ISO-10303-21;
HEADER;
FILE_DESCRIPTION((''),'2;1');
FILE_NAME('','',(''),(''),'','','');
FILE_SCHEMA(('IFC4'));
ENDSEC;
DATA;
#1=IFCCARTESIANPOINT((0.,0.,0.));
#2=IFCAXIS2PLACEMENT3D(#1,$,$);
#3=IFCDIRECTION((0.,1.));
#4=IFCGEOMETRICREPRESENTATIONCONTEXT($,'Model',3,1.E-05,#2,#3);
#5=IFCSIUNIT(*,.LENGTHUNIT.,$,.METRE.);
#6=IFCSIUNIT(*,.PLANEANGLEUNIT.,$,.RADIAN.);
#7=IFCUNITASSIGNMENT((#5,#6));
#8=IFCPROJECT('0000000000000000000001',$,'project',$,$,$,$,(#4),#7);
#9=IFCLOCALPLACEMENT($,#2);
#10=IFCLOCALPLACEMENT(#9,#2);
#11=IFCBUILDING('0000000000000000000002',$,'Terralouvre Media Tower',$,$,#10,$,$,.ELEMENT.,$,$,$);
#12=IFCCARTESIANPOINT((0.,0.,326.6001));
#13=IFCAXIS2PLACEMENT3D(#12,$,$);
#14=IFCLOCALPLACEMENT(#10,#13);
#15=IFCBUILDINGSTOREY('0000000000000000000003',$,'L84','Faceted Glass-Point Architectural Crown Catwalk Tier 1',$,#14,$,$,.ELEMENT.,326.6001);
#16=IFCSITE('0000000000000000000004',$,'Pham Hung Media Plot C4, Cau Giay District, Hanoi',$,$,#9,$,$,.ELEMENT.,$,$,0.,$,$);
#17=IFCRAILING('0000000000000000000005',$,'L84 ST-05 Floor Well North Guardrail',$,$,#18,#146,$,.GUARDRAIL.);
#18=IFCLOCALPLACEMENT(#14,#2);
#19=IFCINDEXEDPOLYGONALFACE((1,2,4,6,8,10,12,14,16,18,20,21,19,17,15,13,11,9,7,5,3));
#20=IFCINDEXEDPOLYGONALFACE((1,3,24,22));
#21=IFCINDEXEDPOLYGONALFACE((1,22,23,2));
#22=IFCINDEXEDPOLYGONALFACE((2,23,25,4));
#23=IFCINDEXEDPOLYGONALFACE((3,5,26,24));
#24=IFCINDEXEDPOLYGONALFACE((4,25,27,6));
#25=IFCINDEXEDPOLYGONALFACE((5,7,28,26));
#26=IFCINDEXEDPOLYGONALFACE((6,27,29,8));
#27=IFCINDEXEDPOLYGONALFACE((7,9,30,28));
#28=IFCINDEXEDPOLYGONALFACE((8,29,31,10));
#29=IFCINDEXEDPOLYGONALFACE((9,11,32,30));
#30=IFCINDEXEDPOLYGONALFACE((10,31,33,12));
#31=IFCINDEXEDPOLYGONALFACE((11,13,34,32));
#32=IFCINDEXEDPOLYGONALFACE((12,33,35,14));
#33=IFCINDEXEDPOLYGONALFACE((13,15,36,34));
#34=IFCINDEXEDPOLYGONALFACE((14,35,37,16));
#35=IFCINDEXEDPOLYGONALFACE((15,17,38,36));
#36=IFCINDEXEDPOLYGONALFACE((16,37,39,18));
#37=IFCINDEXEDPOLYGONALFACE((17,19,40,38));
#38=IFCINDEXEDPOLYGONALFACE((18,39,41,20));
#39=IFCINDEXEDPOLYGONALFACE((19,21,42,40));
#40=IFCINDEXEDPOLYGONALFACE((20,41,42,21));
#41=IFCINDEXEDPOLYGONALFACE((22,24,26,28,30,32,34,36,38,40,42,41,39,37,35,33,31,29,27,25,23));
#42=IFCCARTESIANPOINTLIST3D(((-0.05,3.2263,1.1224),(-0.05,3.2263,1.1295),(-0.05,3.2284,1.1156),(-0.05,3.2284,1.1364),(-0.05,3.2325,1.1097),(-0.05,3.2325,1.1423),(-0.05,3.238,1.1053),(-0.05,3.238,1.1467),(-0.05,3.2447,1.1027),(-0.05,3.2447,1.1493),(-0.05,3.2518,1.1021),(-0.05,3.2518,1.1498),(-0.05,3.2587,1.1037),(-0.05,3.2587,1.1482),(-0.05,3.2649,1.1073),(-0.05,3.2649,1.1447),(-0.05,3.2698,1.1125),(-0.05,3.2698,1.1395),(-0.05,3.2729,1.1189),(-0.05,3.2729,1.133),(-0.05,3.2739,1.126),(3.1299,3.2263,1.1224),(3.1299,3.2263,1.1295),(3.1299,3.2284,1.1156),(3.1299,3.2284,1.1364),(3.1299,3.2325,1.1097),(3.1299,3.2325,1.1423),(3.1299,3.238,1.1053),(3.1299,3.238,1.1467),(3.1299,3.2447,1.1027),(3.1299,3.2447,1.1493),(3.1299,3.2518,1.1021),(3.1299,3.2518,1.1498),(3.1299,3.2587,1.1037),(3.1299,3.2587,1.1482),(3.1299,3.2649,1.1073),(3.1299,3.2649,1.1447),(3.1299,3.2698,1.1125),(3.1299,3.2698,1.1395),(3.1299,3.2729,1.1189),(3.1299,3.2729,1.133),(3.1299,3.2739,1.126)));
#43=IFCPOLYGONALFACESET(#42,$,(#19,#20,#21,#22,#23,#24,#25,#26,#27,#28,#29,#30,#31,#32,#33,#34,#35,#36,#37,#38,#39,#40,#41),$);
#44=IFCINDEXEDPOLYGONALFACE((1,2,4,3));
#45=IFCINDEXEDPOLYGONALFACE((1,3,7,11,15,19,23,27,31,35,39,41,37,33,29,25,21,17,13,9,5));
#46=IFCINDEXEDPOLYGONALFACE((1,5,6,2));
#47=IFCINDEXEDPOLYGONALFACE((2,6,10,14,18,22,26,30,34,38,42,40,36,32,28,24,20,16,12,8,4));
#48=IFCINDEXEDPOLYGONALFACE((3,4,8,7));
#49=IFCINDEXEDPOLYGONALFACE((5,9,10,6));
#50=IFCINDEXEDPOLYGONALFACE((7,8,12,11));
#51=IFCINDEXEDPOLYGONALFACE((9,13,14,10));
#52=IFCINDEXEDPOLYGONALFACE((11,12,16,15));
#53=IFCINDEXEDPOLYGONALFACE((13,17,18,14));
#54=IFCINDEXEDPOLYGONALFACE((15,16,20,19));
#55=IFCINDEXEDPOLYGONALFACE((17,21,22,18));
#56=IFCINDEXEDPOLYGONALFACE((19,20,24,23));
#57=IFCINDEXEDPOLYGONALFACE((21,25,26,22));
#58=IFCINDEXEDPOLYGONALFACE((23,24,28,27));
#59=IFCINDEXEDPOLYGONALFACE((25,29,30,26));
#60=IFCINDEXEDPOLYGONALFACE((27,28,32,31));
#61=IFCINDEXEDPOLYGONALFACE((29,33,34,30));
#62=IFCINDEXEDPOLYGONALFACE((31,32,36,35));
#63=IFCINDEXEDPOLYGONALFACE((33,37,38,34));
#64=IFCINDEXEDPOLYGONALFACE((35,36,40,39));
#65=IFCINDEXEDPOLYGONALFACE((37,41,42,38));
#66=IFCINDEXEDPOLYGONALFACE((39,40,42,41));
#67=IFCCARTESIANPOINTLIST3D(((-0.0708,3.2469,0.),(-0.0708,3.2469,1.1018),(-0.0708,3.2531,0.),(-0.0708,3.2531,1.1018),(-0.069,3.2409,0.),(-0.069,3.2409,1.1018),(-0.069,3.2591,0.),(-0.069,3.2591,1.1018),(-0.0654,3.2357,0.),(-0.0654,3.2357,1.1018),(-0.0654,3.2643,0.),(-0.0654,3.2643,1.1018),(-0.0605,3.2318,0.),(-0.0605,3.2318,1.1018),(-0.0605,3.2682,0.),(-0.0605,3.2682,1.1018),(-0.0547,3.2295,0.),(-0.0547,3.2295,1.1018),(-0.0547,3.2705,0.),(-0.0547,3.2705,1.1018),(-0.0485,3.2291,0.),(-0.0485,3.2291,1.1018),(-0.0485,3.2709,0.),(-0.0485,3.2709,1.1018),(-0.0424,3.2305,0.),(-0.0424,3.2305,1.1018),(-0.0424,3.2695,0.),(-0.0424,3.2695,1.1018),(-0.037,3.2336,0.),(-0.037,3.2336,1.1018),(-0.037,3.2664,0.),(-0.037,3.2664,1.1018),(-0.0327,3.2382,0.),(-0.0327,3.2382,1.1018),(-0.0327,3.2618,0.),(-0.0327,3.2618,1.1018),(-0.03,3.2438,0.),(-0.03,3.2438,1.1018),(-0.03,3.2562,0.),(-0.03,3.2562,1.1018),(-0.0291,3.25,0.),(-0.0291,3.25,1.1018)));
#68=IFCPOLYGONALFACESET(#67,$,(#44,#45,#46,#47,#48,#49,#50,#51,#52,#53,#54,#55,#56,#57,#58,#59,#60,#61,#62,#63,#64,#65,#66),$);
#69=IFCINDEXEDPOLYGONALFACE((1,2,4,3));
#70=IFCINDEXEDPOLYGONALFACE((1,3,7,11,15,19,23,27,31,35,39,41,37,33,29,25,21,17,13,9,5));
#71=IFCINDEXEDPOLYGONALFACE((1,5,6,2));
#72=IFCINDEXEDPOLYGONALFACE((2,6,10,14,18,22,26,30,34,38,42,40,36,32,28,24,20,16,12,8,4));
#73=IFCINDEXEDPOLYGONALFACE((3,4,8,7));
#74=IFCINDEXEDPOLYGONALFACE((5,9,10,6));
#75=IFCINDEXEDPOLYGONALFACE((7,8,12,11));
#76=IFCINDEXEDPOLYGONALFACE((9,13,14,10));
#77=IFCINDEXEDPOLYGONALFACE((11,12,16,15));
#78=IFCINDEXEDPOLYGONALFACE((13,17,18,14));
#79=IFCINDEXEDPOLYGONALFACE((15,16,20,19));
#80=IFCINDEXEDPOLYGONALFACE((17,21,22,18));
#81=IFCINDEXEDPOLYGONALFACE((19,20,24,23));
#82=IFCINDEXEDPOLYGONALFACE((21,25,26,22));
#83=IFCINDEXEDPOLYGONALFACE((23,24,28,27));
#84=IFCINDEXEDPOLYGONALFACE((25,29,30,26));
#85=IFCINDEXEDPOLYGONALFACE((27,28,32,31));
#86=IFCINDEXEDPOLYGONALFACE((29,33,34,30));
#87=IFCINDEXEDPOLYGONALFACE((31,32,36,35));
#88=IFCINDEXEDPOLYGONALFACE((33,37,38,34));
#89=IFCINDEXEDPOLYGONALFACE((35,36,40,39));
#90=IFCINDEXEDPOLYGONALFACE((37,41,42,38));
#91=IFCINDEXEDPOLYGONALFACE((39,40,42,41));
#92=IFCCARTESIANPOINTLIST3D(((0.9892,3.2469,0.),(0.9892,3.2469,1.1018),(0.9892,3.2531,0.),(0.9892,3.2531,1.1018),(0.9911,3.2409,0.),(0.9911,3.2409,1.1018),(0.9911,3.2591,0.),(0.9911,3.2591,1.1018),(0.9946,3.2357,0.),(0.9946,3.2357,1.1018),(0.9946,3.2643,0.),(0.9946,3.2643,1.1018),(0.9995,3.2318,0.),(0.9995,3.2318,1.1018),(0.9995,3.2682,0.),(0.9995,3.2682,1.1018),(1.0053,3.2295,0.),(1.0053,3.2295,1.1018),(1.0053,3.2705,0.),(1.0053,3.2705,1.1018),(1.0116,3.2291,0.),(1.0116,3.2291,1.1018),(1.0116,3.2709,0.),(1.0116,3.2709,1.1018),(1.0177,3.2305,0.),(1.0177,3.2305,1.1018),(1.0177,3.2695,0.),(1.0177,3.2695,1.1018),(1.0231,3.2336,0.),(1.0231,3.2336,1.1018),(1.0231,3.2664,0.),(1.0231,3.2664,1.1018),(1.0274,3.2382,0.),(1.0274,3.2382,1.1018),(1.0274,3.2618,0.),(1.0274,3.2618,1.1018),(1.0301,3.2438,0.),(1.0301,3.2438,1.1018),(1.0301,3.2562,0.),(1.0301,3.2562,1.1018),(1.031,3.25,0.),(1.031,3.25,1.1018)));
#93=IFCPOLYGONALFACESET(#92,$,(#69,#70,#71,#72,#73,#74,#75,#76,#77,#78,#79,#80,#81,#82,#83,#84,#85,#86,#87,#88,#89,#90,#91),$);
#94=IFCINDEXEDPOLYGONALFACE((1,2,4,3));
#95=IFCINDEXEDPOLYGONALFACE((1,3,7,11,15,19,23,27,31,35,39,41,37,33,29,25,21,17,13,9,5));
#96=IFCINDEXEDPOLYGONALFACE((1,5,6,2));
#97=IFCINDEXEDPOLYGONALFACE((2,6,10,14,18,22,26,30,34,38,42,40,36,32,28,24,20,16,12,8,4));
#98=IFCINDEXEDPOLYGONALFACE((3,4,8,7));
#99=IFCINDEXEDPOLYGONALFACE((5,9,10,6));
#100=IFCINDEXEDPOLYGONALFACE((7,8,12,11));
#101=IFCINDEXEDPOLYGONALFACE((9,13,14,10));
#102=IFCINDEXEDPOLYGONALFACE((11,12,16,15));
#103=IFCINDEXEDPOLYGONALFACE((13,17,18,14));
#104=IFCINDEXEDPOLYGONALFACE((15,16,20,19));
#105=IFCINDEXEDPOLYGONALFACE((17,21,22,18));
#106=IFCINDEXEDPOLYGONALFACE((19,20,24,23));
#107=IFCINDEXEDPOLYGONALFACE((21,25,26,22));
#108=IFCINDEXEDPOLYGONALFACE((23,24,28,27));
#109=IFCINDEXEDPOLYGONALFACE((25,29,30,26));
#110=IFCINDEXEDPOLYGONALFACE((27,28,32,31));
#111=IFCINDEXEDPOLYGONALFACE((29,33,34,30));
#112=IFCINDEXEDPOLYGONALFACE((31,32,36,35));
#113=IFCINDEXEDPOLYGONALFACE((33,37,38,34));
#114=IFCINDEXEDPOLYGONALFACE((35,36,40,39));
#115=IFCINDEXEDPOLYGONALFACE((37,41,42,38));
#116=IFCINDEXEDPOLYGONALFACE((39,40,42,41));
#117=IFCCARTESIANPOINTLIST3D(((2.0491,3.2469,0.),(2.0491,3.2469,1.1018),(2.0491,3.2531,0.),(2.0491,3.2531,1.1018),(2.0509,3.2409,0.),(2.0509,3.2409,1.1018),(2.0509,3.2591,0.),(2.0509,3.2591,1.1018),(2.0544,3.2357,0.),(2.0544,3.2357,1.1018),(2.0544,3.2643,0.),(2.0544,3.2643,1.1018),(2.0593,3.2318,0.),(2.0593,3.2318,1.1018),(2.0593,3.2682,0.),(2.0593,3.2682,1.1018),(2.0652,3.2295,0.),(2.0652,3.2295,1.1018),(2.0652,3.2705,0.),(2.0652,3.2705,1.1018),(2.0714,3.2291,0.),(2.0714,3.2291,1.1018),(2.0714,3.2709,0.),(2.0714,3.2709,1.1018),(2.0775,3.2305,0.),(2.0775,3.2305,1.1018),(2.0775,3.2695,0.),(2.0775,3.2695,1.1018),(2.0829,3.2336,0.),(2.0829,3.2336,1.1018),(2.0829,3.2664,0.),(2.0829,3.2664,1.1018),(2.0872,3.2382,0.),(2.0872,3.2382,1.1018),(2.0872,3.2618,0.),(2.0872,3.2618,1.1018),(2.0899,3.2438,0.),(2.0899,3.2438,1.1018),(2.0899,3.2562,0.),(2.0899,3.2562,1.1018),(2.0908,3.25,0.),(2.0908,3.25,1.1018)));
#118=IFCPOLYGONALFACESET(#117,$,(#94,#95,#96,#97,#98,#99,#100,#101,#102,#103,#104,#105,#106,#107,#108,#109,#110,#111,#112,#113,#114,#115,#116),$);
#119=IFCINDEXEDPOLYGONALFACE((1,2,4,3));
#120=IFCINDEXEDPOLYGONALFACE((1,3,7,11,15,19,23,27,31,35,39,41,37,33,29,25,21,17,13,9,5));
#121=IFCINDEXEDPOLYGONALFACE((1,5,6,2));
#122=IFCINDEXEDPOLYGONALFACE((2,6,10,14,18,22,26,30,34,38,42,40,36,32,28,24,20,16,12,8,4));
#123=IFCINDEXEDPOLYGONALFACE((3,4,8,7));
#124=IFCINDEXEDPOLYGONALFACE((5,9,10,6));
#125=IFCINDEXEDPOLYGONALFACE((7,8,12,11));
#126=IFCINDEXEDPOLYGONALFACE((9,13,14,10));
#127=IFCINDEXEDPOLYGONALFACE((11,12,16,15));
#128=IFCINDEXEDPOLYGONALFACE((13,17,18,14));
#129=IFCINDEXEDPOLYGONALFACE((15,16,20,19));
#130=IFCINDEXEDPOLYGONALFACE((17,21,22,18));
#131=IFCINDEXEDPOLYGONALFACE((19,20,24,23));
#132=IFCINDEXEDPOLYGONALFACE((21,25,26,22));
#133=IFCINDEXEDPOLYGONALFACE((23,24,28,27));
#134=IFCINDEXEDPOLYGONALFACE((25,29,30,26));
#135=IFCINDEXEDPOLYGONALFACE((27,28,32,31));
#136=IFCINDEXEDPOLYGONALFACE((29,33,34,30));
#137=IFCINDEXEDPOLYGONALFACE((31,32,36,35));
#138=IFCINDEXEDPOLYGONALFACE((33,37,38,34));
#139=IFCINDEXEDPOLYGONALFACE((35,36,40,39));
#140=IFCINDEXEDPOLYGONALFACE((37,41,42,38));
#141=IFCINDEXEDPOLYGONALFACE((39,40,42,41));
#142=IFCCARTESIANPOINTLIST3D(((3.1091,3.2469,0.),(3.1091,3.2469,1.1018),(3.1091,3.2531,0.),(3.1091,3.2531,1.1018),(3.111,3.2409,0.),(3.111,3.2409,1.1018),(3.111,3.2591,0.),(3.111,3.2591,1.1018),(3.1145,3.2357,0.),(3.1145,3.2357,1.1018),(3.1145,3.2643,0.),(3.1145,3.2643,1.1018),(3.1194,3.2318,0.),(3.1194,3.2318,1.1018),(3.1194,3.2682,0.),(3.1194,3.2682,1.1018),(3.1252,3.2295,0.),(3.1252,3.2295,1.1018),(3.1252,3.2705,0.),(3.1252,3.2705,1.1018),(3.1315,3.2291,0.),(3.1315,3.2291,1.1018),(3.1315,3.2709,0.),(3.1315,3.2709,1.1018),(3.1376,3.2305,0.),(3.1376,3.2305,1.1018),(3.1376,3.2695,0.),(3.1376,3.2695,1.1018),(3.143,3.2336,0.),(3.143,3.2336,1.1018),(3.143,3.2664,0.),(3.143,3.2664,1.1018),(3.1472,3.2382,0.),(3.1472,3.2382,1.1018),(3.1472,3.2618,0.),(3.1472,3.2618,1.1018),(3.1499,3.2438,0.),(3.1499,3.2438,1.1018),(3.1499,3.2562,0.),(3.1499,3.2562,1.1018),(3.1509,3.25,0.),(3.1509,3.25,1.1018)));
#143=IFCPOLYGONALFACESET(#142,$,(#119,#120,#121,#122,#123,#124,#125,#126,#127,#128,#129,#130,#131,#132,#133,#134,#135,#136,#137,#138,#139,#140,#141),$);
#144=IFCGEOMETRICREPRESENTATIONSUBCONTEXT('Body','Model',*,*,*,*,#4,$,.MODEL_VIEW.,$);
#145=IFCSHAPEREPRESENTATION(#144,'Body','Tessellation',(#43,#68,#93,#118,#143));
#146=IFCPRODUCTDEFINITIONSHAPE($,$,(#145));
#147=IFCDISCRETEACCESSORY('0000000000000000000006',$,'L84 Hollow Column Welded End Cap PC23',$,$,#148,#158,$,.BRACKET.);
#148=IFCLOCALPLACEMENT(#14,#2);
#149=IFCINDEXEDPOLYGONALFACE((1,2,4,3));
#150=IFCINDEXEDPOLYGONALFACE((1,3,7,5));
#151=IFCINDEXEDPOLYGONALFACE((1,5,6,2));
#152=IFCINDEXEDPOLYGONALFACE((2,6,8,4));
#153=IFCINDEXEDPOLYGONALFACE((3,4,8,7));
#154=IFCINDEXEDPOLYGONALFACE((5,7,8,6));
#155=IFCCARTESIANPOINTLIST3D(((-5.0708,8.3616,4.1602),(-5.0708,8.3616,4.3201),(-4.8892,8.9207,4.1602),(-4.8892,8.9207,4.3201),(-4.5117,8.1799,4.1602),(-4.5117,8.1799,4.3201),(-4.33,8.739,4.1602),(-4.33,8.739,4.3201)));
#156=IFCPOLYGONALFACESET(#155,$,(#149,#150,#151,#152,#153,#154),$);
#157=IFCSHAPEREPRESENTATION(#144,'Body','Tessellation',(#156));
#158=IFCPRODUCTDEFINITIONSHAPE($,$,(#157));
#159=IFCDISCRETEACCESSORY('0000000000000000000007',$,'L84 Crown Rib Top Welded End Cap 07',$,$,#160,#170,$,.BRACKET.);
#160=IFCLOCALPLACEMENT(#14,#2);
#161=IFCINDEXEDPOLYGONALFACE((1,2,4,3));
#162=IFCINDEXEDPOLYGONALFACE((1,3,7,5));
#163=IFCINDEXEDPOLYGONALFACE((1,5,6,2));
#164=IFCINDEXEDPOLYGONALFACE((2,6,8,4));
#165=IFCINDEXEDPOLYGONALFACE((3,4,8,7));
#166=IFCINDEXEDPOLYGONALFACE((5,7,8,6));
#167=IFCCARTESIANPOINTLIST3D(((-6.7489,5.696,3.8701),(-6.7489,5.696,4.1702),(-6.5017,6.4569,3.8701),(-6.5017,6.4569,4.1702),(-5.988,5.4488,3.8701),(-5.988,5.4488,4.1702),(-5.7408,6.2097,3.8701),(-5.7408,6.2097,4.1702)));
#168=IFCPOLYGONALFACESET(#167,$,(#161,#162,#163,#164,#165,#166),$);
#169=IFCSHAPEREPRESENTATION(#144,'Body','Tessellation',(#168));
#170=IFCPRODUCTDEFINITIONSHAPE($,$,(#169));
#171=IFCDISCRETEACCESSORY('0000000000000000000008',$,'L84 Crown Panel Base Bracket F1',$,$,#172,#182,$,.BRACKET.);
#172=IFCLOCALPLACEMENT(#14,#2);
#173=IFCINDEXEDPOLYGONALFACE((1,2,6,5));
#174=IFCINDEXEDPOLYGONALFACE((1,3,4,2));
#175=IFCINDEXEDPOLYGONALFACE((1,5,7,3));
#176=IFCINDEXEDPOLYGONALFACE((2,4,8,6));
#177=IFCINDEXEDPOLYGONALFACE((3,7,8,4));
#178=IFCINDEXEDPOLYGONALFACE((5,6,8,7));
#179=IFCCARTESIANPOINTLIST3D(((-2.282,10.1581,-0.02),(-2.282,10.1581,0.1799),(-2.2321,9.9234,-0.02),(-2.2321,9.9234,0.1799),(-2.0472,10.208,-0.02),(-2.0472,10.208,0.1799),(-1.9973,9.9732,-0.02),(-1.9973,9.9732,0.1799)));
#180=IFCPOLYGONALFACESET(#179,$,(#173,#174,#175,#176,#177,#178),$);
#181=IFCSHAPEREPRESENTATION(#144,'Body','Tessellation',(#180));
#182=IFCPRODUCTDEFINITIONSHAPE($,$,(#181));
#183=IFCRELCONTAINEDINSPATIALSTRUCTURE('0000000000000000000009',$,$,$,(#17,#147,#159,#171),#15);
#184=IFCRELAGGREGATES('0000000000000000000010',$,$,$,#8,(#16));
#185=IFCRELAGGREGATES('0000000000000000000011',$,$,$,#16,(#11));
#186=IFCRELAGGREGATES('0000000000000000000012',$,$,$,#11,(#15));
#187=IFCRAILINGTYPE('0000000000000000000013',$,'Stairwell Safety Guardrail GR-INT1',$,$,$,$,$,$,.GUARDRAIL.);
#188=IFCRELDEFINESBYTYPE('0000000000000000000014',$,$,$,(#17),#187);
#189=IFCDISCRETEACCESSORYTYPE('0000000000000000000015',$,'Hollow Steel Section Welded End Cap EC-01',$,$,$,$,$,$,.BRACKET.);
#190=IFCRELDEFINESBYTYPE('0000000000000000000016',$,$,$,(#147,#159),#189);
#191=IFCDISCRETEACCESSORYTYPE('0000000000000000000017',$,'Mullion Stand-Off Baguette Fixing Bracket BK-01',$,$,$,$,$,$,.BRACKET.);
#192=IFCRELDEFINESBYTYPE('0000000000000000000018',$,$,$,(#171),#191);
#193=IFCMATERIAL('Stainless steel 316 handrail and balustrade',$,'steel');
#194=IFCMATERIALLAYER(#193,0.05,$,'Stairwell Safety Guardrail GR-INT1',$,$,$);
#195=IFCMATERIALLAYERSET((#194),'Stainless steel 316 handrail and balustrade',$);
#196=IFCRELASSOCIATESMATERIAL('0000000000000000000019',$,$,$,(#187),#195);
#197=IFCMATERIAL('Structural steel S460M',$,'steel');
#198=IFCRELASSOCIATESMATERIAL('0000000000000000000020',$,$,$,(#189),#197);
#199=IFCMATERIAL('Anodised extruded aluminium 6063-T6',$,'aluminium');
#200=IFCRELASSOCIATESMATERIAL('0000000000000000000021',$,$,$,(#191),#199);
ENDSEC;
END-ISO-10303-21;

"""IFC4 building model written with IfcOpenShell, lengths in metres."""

from ifc_helpers import new_model, si_unit, direction, frame, origin, origin_2d, place, context, subcontext, project, spatial, rectangle, circle, extrude, material, layer, layer_set, type_object, element, save


model = new_model("IFC4")

# Units and contexts
model_context = context("Model", 3, precision=1e-05, world=origin(), true_north=direction((0.0, 1.0)))
body_context = subcontext(model_context, "Body", "Model", "MODEL_VIEW")
ifc_project = project(units=[si_unit("LENGTHUNIT", "METRE"), si_unit("PLANEANGLEUNIT", "RADIAN")], contexts=[model_context])

# Site, building, storey
site_placement = place(None, origin())
site = spatial("IfcSite", under=ifc_project, at=site_placement, Name="Pham Hung Media Plot C4, Cau Giay District, Hanoi", CompositionType="ELEMENT", RefElevation=0.0)
building_placement = place(site_placement, origin())
building = spatial("IfcBuilding", under=site, at=building_placement, Name="Terralouvre Media Tower", CompositionType="ELEMENT")
storey_placement = place(building_placement, frame((0.0, 0.0, 326.6001)))
storey = spatial("IfcBuildingStorey", under=building, at=storey_placement, Name="L84", Description="Faceted Glass-Point Architectural Crown Catwalk Tier 1", CompositionType="ELEMENT", Elevation=326.6001)

# Railing
ifc_material_1 = material(Name="Stainless steel 316 handrail and balustrade", Category="steel")
ifc_layer_1 = layer(ifc_material_1, 0.05, Name="Stairwell Safety Guardrail GR-INT1")
ifc_layer_set_1 = layer_set([ifc_layer_1], Name="Stainless steel 316 handrail and balustrade")
railing_type_1 = type_object("IfcRailingType", Name="Stairwell Safety Guardrail GR-INT1", PredefinedType="GUARDRAIL", material=ifc_layer_set_1)
railing_1_placement = place(storey_placement, frame((-0.05, 3.25, 0.0)))
element("IfcRailing", 1, at=railing_1_placement, inside=storey, type_object=railing_type_1, Name="L84 ST-05 Floor Well North Guardrail", PredefinedType="GUARDRAIL", context=body_context, shape_type="SweptSolid", body=[
    extrude(circle(Radius=0.0239, at=origin_2d()), frame((0.0, 0.0, 1.126), z_axis=(1.0, 0.0, 0.0), x_axis=(0.0, 1.0, 0.0)), (0.0, 0.0, 1.0), 3.1799),
    extrude(circle(Radius=0.021, at=origin_2d()), origin(), (0.0, 0.0, 1.0), 1.1018),
    extrude(circle(Radius=0.021, at=origin_2d()), frame((1.0601, 0.0, 0.0)), (0.0, 0.0, 1.0), 1.1018),
    extrude(circle(Radius=0.021, at=origin_2d()), frame((2.1199, 0.0, 0.0)), (0.0, 0.0, 1.0), 1.1018),
    extrude(circle(Radius=0.021, at=origin_2d()), frame((3.1799, 0.0, 0.0)), (0.0, 0.0, 1.0), 1.1018),
])

# Discrete accessories
ifc_material_2 = material(Name="Structural steel S460M", Category="steel")
discrete_accessory_type_1 = type_object("IfcDiscreteAccessoryType", Name="Hollow Steel Section Welded End Cap EC-01", PredefinedType="BRACKET", material=ifc_material_2)
discrete_accessory_1_placement = place(storey_placement, frame((-4.7004, 8.5503, 4.1602), z_axis=(0.0, 0.0, 1.0), x_axis=(0.309017, 0.951057, 0.0)))
element("IfcDiscreteAccessory", 2, at=discrete_accessory_1_placement, inside=storey, type_object=discrete_accessory_type_1, Name="L84 Hollow Column Welded End Cap PC23", PredefinedType="BRACKET", context=body_context, shape_type="SweptSolid", body=[
    extrude(rectangle(XDim=0.5879, YDim=0.5879, at=origin_2d()), origin(), (0.0, 0.0, 1.0), 0.1599),
])
discrete_accessory_2_placement = place(storey_placement, frame((-6.2449, 5.9529, 3.8701), z_axis=(0.0, 0.0, 1.0), x_axis=(0.309017, 0.951057, 0.0)))
element("IfcDiscreteAccessory", 3, at=discrete_accessory_2_placement, inside=storey, type_object=discrete_accessory_type_1, Name="L84 Crown Rib Top Welded End Cap 07", PredefinedType="BRACKET", context=body_context, shape_type="SweptSolid", body=[
    extrude(rectangle(XDim=0.8, YDim=0.8, at=origin_2d()), origin(), (0.0, 0.0, 1.0), 0.3),
])
ifc_material_3 = material(Name="Anodised extruded aluminium 6063-T6", Category="aluminium")
discrete_accessory_type_2 = type_object("IfcDiscreteAccessoryType", Name="Mullion Stand-Off Baguette Fixing Bracket BK-01", PredefinedType="BRACKET", material=ifc_material_3)
discrete_accessory_3_placement = place(storey_placement, frame((-2.1396, 10.0657, -0.02), z_axis=(0.0, 0.0, 1.0), x_axis=(-0.978148, -0.207912, 0.0)))
element("IfcDiscreteAccessory", 4, at=discrete_accessory_3_placement, inside=storey, type_object=discrete_accessory_type_2, Name="L84 Crown Panel Base Bracket F1", PredefinedType="BRACKET", context=body_context, shape_type="SweptSolid", body=[
    extrude(rectangle(XDim=0.24, YDim=0.24, at=origin_2d()), origin(), (0.0, 0.0, 1.0), 0.2),
])

save(model, "model.ifc")
